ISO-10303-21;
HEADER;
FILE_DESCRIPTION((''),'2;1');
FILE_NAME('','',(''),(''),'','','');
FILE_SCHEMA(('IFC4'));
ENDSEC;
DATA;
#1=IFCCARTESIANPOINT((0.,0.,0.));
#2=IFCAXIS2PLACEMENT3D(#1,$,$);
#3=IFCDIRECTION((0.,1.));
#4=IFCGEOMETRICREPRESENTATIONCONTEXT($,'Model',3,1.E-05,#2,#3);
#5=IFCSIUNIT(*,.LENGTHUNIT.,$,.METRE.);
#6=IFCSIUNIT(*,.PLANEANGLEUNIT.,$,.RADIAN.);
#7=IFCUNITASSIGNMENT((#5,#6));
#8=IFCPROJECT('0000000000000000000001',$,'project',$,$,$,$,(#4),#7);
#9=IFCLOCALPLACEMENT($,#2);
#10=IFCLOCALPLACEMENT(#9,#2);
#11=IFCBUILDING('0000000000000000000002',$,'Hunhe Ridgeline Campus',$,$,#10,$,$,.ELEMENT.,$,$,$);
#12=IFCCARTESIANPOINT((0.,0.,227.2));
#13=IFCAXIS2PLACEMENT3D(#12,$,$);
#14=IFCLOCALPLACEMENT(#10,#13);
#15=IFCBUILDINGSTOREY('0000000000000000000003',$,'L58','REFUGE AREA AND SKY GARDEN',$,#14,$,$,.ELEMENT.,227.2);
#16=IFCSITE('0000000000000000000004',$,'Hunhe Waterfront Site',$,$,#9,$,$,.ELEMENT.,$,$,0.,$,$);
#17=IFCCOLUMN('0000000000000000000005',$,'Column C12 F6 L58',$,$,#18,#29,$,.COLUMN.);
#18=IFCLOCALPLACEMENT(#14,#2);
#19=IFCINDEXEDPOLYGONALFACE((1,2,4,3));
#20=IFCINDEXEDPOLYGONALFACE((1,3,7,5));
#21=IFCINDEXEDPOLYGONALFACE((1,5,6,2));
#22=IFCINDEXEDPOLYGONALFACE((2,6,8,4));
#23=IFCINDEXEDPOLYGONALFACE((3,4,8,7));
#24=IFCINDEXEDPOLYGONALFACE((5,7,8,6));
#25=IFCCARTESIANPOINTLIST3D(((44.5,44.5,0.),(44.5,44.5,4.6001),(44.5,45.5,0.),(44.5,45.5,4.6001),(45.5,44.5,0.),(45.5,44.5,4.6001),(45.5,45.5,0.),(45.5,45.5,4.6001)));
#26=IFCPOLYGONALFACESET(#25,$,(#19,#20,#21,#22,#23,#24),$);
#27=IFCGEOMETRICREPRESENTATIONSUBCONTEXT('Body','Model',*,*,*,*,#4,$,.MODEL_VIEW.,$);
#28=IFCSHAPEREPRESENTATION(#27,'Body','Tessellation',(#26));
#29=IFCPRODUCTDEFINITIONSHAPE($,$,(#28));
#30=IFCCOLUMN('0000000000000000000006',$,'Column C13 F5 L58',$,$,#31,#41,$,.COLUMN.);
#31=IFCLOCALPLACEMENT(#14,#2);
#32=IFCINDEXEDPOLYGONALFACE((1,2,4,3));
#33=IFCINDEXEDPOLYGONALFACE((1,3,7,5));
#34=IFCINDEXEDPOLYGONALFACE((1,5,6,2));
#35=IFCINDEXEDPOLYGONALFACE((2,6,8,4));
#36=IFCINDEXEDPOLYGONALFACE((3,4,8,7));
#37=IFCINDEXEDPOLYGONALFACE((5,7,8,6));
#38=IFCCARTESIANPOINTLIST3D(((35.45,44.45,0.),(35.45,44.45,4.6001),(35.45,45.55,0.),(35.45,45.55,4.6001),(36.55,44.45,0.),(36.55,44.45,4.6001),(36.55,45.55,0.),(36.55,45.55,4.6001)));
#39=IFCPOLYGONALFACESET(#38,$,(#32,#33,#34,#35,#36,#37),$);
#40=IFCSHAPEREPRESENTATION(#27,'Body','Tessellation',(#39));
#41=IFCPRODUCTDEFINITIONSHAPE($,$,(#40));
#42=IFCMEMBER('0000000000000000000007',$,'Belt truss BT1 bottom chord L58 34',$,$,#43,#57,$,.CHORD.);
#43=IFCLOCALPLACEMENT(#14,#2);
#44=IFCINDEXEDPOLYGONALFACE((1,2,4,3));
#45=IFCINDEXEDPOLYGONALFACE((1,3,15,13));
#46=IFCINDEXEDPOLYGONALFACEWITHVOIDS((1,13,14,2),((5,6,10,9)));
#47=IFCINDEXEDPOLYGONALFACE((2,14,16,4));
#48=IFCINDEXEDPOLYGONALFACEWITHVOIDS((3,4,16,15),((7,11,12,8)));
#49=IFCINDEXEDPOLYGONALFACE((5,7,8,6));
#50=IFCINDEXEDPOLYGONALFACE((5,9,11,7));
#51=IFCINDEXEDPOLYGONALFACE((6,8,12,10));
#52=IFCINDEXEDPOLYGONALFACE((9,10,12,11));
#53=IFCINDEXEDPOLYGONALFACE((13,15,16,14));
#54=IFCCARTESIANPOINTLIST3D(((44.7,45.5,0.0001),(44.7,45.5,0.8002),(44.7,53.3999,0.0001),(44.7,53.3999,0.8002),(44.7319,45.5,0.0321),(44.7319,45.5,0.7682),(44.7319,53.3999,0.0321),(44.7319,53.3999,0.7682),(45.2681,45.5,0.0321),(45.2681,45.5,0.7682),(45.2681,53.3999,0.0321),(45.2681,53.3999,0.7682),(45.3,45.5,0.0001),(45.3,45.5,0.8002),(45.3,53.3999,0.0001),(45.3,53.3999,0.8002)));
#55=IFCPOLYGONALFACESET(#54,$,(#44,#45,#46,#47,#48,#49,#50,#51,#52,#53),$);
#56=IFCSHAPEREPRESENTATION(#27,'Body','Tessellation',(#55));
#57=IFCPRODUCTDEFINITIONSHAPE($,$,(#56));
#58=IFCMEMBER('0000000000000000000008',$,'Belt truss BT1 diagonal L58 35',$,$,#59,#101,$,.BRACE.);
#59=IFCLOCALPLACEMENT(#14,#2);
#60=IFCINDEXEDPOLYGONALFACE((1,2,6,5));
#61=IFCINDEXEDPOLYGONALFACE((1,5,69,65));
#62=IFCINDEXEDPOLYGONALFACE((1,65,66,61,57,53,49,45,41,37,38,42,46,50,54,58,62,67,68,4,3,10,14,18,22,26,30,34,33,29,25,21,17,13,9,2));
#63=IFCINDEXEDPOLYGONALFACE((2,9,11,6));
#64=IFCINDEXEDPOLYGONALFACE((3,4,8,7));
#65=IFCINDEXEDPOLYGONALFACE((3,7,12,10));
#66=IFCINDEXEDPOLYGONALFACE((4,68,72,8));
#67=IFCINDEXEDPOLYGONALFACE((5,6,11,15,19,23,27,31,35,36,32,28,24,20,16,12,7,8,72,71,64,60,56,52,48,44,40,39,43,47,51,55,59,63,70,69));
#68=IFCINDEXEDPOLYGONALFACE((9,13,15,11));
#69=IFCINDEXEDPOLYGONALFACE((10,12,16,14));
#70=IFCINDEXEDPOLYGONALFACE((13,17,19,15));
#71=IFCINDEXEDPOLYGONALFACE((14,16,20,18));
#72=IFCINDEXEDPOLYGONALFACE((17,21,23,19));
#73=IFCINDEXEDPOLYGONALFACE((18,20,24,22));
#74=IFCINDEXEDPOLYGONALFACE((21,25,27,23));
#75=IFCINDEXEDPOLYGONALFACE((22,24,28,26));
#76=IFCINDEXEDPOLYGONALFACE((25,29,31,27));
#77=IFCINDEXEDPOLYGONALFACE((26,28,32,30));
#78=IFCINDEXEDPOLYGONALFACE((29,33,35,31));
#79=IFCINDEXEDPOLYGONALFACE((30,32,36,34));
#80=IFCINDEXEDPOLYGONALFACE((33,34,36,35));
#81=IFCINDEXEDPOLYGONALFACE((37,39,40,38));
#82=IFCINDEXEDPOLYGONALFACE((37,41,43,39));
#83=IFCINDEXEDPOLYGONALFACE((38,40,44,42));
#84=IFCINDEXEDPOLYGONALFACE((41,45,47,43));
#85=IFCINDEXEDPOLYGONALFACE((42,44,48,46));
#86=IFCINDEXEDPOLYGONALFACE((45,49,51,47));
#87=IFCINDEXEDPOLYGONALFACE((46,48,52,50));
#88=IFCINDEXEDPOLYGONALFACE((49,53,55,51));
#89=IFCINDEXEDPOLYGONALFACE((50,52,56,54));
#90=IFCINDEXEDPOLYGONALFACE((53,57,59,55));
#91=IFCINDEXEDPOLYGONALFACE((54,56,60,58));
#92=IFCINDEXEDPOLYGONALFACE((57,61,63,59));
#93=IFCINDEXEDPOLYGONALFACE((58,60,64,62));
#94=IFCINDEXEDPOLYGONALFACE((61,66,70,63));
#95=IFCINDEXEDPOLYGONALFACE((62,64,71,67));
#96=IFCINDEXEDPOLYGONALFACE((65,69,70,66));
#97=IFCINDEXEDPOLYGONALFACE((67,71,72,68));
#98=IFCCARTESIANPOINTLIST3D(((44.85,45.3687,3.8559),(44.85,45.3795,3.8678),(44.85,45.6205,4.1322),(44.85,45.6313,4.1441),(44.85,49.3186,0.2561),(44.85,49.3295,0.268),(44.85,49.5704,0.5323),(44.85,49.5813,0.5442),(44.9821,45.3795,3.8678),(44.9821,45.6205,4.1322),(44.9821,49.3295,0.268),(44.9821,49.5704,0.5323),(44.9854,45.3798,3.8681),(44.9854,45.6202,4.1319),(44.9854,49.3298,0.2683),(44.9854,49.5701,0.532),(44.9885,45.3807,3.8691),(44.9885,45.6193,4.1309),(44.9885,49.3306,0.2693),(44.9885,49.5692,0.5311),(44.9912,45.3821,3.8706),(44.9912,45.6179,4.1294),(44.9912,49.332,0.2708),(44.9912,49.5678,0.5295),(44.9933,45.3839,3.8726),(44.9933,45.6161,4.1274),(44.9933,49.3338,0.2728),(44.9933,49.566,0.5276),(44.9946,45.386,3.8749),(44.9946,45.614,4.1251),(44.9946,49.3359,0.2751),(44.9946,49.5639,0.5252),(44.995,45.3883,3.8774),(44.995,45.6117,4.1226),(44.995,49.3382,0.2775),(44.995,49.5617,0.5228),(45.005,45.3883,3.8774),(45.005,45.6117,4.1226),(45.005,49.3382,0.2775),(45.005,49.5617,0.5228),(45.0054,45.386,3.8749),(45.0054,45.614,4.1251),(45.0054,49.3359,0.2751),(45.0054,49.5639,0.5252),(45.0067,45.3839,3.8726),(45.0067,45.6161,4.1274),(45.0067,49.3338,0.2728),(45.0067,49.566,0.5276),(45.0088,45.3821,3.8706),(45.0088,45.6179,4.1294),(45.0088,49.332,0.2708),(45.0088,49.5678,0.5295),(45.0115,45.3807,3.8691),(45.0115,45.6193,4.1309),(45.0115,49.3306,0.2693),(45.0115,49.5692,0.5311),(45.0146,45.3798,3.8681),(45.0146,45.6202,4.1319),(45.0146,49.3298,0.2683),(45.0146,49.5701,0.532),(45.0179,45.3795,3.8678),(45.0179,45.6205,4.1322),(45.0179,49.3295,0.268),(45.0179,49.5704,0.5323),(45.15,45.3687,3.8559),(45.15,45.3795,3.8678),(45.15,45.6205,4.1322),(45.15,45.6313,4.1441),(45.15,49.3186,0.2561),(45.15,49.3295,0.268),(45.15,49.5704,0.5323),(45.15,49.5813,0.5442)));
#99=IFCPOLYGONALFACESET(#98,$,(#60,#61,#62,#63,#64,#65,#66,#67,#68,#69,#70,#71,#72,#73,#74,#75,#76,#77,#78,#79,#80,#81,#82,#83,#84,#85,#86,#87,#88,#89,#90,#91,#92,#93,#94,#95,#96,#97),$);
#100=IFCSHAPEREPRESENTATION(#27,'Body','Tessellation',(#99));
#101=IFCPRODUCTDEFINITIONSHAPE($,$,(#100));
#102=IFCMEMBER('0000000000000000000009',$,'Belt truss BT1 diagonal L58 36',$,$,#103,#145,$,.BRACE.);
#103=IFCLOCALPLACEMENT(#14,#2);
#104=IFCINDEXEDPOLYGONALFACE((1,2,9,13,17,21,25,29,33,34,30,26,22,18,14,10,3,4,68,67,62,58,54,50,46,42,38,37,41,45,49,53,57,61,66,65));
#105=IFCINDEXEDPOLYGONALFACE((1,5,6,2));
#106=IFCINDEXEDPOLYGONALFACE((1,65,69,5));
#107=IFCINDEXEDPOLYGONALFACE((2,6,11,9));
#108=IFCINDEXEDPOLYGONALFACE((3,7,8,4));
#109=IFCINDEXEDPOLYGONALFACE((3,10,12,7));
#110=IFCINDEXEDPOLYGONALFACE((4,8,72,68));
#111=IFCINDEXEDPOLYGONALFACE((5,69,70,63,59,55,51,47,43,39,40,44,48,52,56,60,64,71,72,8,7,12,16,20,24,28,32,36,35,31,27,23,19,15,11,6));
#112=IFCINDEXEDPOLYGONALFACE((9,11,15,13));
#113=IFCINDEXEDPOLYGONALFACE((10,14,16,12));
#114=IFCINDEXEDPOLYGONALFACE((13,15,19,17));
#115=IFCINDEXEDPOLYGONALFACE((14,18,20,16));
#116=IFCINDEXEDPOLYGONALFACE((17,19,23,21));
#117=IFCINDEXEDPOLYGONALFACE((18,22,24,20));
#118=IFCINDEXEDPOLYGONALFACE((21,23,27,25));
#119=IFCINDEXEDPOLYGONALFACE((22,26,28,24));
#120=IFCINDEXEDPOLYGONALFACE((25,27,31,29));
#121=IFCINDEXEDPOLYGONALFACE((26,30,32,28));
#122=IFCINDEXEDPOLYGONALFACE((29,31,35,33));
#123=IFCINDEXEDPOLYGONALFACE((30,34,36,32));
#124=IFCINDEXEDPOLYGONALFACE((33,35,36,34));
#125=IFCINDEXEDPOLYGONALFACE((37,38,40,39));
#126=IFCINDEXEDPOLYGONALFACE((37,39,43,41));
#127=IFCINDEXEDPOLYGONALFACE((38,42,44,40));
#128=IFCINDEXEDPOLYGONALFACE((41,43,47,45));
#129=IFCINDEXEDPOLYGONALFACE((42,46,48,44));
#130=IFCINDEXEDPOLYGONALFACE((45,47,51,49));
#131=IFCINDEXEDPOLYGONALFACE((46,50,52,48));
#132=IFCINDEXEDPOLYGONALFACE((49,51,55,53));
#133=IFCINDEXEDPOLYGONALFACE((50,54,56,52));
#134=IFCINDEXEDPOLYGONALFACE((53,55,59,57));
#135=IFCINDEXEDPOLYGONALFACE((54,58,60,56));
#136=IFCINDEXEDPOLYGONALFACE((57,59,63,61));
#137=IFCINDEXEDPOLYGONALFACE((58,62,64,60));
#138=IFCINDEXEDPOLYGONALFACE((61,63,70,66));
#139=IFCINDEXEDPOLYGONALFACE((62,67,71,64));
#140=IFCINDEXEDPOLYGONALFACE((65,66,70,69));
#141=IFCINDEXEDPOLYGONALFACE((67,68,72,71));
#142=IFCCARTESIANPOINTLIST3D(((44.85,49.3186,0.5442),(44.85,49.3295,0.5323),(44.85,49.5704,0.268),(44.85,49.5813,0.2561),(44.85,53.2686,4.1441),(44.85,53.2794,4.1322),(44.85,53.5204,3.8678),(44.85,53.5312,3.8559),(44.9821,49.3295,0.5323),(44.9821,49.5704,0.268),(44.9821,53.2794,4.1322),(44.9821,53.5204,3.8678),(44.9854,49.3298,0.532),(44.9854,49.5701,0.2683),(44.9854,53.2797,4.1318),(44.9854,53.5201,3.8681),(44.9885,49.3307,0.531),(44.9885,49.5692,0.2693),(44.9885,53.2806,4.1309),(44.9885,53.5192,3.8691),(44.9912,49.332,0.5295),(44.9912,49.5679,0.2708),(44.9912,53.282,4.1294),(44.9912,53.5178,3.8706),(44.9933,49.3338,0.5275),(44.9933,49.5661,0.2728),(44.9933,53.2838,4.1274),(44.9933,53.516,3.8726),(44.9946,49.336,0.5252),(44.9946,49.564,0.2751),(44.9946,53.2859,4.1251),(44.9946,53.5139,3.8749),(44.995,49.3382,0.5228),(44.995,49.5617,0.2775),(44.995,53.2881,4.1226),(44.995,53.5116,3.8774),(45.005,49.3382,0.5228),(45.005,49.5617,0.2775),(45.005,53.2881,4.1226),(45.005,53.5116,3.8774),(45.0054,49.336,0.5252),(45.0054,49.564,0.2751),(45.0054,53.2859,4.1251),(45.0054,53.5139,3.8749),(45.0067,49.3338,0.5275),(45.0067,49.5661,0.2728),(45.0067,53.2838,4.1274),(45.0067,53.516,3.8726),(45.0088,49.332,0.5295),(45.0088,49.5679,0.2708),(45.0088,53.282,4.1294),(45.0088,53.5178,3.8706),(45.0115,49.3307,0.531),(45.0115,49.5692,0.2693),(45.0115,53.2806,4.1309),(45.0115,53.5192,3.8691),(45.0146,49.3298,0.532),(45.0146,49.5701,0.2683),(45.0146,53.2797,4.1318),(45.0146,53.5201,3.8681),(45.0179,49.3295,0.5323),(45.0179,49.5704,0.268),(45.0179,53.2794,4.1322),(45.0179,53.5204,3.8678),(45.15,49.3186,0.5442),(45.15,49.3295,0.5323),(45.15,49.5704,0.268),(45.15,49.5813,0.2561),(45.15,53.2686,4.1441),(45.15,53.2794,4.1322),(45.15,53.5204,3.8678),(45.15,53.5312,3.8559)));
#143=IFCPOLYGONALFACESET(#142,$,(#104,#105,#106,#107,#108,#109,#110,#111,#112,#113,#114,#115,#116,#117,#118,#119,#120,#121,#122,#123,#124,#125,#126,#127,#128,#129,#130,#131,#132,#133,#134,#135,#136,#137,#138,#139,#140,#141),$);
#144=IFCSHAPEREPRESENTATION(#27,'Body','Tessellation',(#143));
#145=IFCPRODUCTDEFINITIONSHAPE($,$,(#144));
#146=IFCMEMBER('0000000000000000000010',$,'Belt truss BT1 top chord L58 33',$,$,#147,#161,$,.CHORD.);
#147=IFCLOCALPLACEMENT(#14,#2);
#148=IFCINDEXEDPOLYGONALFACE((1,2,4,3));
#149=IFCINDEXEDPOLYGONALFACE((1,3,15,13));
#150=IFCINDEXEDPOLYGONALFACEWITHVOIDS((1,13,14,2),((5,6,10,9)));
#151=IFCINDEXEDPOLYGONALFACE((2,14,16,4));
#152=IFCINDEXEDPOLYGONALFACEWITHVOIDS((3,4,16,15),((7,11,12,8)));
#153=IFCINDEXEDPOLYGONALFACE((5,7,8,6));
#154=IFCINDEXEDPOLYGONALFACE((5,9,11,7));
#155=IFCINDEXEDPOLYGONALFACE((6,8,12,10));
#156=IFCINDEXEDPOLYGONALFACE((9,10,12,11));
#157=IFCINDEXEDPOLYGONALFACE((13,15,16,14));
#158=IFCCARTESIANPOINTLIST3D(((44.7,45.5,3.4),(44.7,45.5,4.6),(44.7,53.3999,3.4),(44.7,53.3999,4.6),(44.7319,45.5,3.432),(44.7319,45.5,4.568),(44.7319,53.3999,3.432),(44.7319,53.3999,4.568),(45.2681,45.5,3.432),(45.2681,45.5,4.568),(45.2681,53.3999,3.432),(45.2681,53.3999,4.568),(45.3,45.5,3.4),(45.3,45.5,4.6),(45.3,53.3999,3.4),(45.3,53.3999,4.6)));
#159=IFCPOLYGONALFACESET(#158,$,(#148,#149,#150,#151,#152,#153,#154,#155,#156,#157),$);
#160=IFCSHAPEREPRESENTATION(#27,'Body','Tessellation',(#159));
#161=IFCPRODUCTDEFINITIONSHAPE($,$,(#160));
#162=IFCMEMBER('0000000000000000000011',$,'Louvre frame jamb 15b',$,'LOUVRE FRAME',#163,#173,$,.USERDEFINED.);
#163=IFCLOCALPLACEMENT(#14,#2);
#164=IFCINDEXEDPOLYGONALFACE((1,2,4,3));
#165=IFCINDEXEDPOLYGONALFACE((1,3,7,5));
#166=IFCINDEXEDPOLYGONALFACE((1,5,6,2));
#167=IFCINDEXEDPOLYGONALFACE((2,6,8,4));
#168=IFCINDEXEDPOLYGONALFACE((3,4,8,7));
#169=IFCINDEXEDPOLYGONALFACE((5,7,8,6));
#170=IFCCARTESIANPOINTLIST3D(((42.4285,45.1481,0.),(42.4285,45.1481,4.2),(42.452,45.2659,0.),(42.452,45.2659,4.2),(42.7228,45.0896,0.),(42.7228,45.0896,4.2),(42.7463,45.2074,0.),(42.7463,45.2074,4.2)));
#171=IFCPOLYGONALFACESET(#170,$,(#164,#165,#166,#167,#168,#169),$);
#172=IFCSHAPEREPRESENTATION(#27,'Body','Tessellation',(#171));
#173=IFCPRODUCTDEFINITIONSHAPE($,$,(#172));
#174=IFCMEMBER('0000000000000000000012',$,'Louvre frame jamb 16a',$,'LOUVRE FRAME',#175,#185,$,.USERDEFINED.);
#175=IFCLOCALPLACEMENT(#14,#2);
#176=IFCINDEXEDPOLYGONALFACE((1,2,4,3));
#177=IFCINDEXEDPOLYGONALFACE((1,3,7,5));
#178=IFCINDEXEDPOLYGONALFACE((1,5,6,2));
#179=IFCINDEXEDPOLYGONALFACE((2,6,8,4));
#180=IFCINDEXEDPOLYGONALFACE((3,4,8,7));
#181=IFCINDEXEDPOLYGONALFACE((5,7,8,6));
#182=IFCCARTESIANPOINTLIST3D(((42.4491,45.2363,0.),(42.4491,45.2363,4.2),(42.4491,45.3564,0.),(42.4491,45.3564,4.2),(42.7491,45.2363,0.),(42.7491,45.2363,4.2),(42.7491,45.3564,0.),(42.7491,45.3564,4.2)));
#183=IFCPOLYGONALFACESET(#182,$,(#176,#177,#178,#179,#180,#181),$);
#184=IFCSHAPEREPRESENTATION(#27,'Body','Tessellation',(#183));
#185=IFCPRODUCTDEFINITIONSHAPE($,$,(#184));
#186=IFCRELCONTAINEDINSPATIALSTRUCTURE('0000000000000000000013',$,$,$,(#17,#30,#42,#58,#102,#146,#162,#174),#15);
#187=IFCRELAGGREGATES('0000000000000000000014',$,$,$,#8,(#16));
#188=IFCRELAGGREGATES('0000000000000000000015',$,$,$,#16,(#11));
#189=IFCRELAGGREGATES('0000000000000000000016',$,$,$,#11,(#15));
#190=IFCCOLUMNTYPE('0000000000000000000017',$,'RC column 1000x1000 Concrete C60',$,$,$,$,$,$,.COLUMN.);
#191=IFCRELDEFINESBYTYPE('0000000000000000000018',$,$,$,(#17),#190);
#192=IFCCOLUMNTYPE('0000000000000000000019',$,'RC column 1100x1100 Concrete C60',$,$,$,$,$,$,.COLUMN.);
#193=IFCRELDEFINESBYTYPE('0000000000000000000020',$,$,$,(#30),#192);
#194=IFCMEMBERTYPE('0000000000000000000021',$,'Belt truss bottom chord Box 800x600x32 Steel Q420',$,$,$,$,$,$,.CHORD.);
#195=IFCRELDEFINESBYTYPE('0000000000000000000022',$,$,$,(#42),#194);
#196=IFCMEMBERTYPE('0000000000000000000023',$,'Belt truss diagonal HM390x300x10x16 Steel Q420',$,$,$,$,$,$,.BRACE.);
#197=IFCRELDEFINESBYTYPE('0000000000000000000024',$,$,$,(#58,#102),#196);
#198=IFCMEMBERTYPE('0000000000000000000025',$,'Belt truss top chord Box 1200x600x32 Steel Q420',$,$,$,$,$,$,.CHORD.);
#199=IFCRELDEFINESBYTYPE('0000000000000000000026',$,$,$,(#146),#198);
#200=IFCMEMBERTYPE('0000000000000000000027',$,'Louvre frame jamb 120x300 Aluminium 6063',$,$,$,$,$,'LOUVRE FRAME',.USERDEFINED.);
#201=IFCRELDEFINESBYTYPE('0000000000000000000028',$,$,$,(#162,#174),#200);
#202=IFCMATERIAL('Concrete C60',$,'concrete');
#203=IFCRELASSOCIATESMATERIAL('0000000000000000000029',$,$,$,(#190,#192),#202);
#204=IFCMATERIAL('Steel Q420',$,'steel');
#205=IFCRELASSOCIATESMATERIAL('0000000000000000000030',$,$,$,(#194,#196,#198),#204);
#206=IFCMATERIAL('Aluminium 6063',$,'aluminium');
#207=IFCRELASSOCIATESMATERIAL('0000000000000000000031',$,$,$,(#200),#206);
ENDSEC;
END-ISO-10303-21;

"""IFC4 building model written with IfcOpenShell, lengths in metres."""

from ifc_helpers import new_model, si_unit, direction, frame, origin, origin_2d, place, context, subcontext, project, spatial, rectangle, hollow_rectangle, i_section, extrude, material, material_profile, profile_set, type_object, element, save


model = new_model("IFC4")

# Units and contexts
model_context = context("Model", 3, precision=1e-05, world=origin(), true_north=direction((0.0, 1.0)))
body_context = subcontext(model_context, "Body", "Model", "MODEL_VIEW")
ifc_project = project(units=[si_unit("LENGTHUNIT", "METRE"), si_unit("PLANEANGLEUNIT", "RADIAN")], contexts=[model_context])

# Site, building, storey
site_placement = place(None, origin())
site = spatial("IfcSite", under=ifc_project, at=site_placement, Name="Hunhe Waterfront Site", CompositionType="ELEMENT", RefElevation=0.0)
building_placement = place(site_placement, origin())
building = spatial("IfcBuilding", under=site, at=building_placement, Name="Hunhe Ridgeline Campus", CompositionType="ELEMENT")
storey_placement = place(building_placement, frame((0.0, 0.0, 227.2)))
storey = spatial("IfcBuildingStorey", under=building, at=storey_placement, Name="L58", Description="REFUGE AREA AND SKY GARDEN", CompositionType="ELEMENT", Elevation=227.2)

# Columns
ifc_material_1 = material(Name="Concrete C60", Category="concrete")
ifc_material_profile_1 = material_profile(ifc_material_1, rectangle(XDim=1.0, YDim=1.0, at=origin_2d()))
ifc_profile_set_1 = profile_set([ifc_material_profile_1], Name="Concrete C60")
column_type_1 = type_object("IfcColumnType", Name="RC column 1000x1000 Concrete C60", PredefinedType="COLUMN", material=ifc_profile_set_1)
column_1_placement = place(storey_placement, frame((45.0, 45.0, 0.0), z_axis=(0.0, 0.0, 1.0), x_axis=(1.0, 0.0, 0.0)))
element("IfcColumn", 1, at=column_1_placement, inside=storey, type_object=column_type_1, Name="Column C12 F6 L58", PredefinedType="COLUMN", context=body_context, shape_type="SweptSolid", body=[
    extrude(rectangle(XDim=1.0, YDim=1.0, at=origin_2d()), origin(), (0.0, 0.0, 1.0), 4.6001),
])
ifc_material_profile_2 = material_profile(ifc_material_1, rectangle(XDim=1.1001, YDim=1.1001, at=origin_2d()))
ifc_profile_set_2 = profile_set([ifc_material_profile_2], Name="Concrete C60")
column_type_2 = type_object("IfcColumnType", Name="RC column 1100x1100 Concrete C60", PredefinedType="COLUMN", material=ifc_profile_set_2)
column_2_placement = place(storey_placement, frame((36.0, 45.0, 0.0), z_axis=(0.0, 0.0, 1.0), x_axis=(1.0, 0.0, 0.0)))
element("IfcColumn", 2, at=column_2_placement, inside=storey, type_object=column_type_2, Name="Column C13 F5 L58", PredefinedType="COLUMN", context=body_context, shape_type="SweptSolid", body=[
    extrude(rectangle(XDim=1.1001, YDim=1.1001, at=origin_2d()), origin(), (0.0, 0.0, 1.0), 4.6001),
])

# Members
ifc_material_2 = material(Name="Steel Q420", Category="steel")
ifc_material_profile_3 = material_profile(ifc_material_2, hollow_rectangle(XDim=0.6001, YDim=0.8, WallThickness=0.032, at=origin_2d()))
ifc_profile_set_3 = profile_set([ifc_material_profile_3], Name="Steel Q420")
member_type_1 = type_object("IfcMemberType", Name="Belt truss bottom chord Box 800x600x32 Steel Q420", PredefinedType="CHORD", material=ifc_profile_set_3)
member_1_placement = place(storey_placement, frame((45.0, 45.5, 0.4001), z_axis=(0.0, 1.0, 0.0), x_axis=(-1.0, 0.0, 0.0)))
element("IfcMember", 3, at=member_1_placement, inside=storey, type_object=member_type_1, Name="Belt truss BT1 bottom chord L58 34", PredefinedType="CHORD", context=body_context, shape_type="SweptSolid", body=[
    extrude(hollow_rectangle(XDim=0.6001, YDim=0.8, WallThickness=0.032, at=origin_2d()), origin(), (0.0, 0.0, 1.0), 7.8999),
])
ifc_material_profile_4 = material_profile(ifc_material_2, i_section(OverallWidth=0.3, OverallDepth=0.3899, WebThickness=0.01, FlangeThickness=0.0161, FilletRadius=0.0129, at=origin_2d()))
ifc_profile_set_4 = profile_set([ifc_material_profile_4], Name="Steel Q420")
member_type_2 = type_object("IfcMemberType", Name="Belt truss diagonal HM390x300x10x16 Steel Q420", PredefinedType="BRACE", material=ifc_profile_set_4)
for number, where, z_axis, x_axis, name in (
    (4, (45.0, 45.5, 4.0), (0.0, 0.739102, -0.673593), (-1.0, 0.0, 0.0), "Belt truss BT1 diagonal L58 35"),
    (5, (45.0, 49.45, 0.4001), (0.0, 0.739102, 0.673593), (-1.0, 0.0, 0.0), "Belt truss BT1 diagonal L58 36"),
):
    element("IfcMember", number, at=place(storey_placement, frame(where, z_axis=z_axis, x_axis=x_axis)), inside=storey, type_object=member_type_2, Name=name, PredefinedType="BRACE", context=body_context, shape_type="SweptSolid", body=[
        extrude(i_section(OverallWidth=0.3, OverallDepth=0.3899, WebThickness=0.01, FlangeThickness=0.0161, FilletRadius=0.0129, at=origin_2d()), origin(), (0.0, 0.0, 1.0), 5.3442),
    ])
ifc_material_profile_5 = material_profile(ifc_material_2, hollow_rectangle(XDim=0.6001, YDim=1.2, WallThickness=0.032, at=origin_2d()))
ifc_profile_set_5 = profile_set([ifc_material_profile_5], Name="Steel Q420")
member_type_3 = type_object("IfcMemberType", Name="Belt truss top chord Box 1200x600x32 Steel Q420", PredefinedType="CHORD", material=ifc_profile_set_5)
member_2_placement = place(storey_placement, frame((45.0, 45.5, 4.0), z_axis=(0.0, 1.0, 0.0), x_axis=(-1.0, 0.0, 0.0)))
element("IfcMember", 6, at=member_2_placement, inside=storey, type_object=member_type_3, Name="Belt truss BT1 top chord L58 33", PredefinedType="CHORD", context=body_context, shape_type="SweptSolid", body=[
    extrude(hollow_rectangle(XDim=0.6001, YDim=1.2, WallThickness=0.032, at=origin_2d()), origin(), (0.0, 0.0, 1.0), 7.8999),
])
ifc_material_3 = material(Name="Aluminium 6063", Category="aluminium")
ifc_material_profile_6 = material_profile(ifc_material_3, rectangle(XDim=0.3, YDim=0.1201, at=origin_2d()))
ifc_profile_set_6 = profile_set([ifc_material_profile_6], Name="Aluminium 6063")
member_type_4 = type_object("IfcMemberType", Name="Louvre frame jamb 120x300 Aluminium 6063", ElementType="LOUVRE FRAME", PredefinedType="USERDEFINED", material=ifc_profile_set_6)
for number, where, z_axis, x_axis, name in (
    (7, (42.5874, 45.1777, 0.0), (0.0, 0.0, 1.0), (-0.980785, 0.19509, 0.0), "Louvre frame jamb 15b"),
    (8, (42.5991, 45.2964, 0.0), (0.0, 0.0, 1.0), (-1.0, 0.000019, 0.0), "Louvre frame jamb 16a"),
):
    element("IfcMember", number, at=place(storey_placement, frame(where, z_axis=z_axis, x_axis=x_axis)), inside=storey, type_object=member_type_4, Name=name, ObjectType="LOUVRE FRAME", PredefinedType="USERDEFINED", context=body_context, shape_type="SweptSolid", body=[
        extrude(rectangle(XDim=0.3, YDim=0.1201, at=origin_2d()), origin(), (0.0, 0.0, 1.0), 4.2),
    ])

save(model, "model.ifc")
